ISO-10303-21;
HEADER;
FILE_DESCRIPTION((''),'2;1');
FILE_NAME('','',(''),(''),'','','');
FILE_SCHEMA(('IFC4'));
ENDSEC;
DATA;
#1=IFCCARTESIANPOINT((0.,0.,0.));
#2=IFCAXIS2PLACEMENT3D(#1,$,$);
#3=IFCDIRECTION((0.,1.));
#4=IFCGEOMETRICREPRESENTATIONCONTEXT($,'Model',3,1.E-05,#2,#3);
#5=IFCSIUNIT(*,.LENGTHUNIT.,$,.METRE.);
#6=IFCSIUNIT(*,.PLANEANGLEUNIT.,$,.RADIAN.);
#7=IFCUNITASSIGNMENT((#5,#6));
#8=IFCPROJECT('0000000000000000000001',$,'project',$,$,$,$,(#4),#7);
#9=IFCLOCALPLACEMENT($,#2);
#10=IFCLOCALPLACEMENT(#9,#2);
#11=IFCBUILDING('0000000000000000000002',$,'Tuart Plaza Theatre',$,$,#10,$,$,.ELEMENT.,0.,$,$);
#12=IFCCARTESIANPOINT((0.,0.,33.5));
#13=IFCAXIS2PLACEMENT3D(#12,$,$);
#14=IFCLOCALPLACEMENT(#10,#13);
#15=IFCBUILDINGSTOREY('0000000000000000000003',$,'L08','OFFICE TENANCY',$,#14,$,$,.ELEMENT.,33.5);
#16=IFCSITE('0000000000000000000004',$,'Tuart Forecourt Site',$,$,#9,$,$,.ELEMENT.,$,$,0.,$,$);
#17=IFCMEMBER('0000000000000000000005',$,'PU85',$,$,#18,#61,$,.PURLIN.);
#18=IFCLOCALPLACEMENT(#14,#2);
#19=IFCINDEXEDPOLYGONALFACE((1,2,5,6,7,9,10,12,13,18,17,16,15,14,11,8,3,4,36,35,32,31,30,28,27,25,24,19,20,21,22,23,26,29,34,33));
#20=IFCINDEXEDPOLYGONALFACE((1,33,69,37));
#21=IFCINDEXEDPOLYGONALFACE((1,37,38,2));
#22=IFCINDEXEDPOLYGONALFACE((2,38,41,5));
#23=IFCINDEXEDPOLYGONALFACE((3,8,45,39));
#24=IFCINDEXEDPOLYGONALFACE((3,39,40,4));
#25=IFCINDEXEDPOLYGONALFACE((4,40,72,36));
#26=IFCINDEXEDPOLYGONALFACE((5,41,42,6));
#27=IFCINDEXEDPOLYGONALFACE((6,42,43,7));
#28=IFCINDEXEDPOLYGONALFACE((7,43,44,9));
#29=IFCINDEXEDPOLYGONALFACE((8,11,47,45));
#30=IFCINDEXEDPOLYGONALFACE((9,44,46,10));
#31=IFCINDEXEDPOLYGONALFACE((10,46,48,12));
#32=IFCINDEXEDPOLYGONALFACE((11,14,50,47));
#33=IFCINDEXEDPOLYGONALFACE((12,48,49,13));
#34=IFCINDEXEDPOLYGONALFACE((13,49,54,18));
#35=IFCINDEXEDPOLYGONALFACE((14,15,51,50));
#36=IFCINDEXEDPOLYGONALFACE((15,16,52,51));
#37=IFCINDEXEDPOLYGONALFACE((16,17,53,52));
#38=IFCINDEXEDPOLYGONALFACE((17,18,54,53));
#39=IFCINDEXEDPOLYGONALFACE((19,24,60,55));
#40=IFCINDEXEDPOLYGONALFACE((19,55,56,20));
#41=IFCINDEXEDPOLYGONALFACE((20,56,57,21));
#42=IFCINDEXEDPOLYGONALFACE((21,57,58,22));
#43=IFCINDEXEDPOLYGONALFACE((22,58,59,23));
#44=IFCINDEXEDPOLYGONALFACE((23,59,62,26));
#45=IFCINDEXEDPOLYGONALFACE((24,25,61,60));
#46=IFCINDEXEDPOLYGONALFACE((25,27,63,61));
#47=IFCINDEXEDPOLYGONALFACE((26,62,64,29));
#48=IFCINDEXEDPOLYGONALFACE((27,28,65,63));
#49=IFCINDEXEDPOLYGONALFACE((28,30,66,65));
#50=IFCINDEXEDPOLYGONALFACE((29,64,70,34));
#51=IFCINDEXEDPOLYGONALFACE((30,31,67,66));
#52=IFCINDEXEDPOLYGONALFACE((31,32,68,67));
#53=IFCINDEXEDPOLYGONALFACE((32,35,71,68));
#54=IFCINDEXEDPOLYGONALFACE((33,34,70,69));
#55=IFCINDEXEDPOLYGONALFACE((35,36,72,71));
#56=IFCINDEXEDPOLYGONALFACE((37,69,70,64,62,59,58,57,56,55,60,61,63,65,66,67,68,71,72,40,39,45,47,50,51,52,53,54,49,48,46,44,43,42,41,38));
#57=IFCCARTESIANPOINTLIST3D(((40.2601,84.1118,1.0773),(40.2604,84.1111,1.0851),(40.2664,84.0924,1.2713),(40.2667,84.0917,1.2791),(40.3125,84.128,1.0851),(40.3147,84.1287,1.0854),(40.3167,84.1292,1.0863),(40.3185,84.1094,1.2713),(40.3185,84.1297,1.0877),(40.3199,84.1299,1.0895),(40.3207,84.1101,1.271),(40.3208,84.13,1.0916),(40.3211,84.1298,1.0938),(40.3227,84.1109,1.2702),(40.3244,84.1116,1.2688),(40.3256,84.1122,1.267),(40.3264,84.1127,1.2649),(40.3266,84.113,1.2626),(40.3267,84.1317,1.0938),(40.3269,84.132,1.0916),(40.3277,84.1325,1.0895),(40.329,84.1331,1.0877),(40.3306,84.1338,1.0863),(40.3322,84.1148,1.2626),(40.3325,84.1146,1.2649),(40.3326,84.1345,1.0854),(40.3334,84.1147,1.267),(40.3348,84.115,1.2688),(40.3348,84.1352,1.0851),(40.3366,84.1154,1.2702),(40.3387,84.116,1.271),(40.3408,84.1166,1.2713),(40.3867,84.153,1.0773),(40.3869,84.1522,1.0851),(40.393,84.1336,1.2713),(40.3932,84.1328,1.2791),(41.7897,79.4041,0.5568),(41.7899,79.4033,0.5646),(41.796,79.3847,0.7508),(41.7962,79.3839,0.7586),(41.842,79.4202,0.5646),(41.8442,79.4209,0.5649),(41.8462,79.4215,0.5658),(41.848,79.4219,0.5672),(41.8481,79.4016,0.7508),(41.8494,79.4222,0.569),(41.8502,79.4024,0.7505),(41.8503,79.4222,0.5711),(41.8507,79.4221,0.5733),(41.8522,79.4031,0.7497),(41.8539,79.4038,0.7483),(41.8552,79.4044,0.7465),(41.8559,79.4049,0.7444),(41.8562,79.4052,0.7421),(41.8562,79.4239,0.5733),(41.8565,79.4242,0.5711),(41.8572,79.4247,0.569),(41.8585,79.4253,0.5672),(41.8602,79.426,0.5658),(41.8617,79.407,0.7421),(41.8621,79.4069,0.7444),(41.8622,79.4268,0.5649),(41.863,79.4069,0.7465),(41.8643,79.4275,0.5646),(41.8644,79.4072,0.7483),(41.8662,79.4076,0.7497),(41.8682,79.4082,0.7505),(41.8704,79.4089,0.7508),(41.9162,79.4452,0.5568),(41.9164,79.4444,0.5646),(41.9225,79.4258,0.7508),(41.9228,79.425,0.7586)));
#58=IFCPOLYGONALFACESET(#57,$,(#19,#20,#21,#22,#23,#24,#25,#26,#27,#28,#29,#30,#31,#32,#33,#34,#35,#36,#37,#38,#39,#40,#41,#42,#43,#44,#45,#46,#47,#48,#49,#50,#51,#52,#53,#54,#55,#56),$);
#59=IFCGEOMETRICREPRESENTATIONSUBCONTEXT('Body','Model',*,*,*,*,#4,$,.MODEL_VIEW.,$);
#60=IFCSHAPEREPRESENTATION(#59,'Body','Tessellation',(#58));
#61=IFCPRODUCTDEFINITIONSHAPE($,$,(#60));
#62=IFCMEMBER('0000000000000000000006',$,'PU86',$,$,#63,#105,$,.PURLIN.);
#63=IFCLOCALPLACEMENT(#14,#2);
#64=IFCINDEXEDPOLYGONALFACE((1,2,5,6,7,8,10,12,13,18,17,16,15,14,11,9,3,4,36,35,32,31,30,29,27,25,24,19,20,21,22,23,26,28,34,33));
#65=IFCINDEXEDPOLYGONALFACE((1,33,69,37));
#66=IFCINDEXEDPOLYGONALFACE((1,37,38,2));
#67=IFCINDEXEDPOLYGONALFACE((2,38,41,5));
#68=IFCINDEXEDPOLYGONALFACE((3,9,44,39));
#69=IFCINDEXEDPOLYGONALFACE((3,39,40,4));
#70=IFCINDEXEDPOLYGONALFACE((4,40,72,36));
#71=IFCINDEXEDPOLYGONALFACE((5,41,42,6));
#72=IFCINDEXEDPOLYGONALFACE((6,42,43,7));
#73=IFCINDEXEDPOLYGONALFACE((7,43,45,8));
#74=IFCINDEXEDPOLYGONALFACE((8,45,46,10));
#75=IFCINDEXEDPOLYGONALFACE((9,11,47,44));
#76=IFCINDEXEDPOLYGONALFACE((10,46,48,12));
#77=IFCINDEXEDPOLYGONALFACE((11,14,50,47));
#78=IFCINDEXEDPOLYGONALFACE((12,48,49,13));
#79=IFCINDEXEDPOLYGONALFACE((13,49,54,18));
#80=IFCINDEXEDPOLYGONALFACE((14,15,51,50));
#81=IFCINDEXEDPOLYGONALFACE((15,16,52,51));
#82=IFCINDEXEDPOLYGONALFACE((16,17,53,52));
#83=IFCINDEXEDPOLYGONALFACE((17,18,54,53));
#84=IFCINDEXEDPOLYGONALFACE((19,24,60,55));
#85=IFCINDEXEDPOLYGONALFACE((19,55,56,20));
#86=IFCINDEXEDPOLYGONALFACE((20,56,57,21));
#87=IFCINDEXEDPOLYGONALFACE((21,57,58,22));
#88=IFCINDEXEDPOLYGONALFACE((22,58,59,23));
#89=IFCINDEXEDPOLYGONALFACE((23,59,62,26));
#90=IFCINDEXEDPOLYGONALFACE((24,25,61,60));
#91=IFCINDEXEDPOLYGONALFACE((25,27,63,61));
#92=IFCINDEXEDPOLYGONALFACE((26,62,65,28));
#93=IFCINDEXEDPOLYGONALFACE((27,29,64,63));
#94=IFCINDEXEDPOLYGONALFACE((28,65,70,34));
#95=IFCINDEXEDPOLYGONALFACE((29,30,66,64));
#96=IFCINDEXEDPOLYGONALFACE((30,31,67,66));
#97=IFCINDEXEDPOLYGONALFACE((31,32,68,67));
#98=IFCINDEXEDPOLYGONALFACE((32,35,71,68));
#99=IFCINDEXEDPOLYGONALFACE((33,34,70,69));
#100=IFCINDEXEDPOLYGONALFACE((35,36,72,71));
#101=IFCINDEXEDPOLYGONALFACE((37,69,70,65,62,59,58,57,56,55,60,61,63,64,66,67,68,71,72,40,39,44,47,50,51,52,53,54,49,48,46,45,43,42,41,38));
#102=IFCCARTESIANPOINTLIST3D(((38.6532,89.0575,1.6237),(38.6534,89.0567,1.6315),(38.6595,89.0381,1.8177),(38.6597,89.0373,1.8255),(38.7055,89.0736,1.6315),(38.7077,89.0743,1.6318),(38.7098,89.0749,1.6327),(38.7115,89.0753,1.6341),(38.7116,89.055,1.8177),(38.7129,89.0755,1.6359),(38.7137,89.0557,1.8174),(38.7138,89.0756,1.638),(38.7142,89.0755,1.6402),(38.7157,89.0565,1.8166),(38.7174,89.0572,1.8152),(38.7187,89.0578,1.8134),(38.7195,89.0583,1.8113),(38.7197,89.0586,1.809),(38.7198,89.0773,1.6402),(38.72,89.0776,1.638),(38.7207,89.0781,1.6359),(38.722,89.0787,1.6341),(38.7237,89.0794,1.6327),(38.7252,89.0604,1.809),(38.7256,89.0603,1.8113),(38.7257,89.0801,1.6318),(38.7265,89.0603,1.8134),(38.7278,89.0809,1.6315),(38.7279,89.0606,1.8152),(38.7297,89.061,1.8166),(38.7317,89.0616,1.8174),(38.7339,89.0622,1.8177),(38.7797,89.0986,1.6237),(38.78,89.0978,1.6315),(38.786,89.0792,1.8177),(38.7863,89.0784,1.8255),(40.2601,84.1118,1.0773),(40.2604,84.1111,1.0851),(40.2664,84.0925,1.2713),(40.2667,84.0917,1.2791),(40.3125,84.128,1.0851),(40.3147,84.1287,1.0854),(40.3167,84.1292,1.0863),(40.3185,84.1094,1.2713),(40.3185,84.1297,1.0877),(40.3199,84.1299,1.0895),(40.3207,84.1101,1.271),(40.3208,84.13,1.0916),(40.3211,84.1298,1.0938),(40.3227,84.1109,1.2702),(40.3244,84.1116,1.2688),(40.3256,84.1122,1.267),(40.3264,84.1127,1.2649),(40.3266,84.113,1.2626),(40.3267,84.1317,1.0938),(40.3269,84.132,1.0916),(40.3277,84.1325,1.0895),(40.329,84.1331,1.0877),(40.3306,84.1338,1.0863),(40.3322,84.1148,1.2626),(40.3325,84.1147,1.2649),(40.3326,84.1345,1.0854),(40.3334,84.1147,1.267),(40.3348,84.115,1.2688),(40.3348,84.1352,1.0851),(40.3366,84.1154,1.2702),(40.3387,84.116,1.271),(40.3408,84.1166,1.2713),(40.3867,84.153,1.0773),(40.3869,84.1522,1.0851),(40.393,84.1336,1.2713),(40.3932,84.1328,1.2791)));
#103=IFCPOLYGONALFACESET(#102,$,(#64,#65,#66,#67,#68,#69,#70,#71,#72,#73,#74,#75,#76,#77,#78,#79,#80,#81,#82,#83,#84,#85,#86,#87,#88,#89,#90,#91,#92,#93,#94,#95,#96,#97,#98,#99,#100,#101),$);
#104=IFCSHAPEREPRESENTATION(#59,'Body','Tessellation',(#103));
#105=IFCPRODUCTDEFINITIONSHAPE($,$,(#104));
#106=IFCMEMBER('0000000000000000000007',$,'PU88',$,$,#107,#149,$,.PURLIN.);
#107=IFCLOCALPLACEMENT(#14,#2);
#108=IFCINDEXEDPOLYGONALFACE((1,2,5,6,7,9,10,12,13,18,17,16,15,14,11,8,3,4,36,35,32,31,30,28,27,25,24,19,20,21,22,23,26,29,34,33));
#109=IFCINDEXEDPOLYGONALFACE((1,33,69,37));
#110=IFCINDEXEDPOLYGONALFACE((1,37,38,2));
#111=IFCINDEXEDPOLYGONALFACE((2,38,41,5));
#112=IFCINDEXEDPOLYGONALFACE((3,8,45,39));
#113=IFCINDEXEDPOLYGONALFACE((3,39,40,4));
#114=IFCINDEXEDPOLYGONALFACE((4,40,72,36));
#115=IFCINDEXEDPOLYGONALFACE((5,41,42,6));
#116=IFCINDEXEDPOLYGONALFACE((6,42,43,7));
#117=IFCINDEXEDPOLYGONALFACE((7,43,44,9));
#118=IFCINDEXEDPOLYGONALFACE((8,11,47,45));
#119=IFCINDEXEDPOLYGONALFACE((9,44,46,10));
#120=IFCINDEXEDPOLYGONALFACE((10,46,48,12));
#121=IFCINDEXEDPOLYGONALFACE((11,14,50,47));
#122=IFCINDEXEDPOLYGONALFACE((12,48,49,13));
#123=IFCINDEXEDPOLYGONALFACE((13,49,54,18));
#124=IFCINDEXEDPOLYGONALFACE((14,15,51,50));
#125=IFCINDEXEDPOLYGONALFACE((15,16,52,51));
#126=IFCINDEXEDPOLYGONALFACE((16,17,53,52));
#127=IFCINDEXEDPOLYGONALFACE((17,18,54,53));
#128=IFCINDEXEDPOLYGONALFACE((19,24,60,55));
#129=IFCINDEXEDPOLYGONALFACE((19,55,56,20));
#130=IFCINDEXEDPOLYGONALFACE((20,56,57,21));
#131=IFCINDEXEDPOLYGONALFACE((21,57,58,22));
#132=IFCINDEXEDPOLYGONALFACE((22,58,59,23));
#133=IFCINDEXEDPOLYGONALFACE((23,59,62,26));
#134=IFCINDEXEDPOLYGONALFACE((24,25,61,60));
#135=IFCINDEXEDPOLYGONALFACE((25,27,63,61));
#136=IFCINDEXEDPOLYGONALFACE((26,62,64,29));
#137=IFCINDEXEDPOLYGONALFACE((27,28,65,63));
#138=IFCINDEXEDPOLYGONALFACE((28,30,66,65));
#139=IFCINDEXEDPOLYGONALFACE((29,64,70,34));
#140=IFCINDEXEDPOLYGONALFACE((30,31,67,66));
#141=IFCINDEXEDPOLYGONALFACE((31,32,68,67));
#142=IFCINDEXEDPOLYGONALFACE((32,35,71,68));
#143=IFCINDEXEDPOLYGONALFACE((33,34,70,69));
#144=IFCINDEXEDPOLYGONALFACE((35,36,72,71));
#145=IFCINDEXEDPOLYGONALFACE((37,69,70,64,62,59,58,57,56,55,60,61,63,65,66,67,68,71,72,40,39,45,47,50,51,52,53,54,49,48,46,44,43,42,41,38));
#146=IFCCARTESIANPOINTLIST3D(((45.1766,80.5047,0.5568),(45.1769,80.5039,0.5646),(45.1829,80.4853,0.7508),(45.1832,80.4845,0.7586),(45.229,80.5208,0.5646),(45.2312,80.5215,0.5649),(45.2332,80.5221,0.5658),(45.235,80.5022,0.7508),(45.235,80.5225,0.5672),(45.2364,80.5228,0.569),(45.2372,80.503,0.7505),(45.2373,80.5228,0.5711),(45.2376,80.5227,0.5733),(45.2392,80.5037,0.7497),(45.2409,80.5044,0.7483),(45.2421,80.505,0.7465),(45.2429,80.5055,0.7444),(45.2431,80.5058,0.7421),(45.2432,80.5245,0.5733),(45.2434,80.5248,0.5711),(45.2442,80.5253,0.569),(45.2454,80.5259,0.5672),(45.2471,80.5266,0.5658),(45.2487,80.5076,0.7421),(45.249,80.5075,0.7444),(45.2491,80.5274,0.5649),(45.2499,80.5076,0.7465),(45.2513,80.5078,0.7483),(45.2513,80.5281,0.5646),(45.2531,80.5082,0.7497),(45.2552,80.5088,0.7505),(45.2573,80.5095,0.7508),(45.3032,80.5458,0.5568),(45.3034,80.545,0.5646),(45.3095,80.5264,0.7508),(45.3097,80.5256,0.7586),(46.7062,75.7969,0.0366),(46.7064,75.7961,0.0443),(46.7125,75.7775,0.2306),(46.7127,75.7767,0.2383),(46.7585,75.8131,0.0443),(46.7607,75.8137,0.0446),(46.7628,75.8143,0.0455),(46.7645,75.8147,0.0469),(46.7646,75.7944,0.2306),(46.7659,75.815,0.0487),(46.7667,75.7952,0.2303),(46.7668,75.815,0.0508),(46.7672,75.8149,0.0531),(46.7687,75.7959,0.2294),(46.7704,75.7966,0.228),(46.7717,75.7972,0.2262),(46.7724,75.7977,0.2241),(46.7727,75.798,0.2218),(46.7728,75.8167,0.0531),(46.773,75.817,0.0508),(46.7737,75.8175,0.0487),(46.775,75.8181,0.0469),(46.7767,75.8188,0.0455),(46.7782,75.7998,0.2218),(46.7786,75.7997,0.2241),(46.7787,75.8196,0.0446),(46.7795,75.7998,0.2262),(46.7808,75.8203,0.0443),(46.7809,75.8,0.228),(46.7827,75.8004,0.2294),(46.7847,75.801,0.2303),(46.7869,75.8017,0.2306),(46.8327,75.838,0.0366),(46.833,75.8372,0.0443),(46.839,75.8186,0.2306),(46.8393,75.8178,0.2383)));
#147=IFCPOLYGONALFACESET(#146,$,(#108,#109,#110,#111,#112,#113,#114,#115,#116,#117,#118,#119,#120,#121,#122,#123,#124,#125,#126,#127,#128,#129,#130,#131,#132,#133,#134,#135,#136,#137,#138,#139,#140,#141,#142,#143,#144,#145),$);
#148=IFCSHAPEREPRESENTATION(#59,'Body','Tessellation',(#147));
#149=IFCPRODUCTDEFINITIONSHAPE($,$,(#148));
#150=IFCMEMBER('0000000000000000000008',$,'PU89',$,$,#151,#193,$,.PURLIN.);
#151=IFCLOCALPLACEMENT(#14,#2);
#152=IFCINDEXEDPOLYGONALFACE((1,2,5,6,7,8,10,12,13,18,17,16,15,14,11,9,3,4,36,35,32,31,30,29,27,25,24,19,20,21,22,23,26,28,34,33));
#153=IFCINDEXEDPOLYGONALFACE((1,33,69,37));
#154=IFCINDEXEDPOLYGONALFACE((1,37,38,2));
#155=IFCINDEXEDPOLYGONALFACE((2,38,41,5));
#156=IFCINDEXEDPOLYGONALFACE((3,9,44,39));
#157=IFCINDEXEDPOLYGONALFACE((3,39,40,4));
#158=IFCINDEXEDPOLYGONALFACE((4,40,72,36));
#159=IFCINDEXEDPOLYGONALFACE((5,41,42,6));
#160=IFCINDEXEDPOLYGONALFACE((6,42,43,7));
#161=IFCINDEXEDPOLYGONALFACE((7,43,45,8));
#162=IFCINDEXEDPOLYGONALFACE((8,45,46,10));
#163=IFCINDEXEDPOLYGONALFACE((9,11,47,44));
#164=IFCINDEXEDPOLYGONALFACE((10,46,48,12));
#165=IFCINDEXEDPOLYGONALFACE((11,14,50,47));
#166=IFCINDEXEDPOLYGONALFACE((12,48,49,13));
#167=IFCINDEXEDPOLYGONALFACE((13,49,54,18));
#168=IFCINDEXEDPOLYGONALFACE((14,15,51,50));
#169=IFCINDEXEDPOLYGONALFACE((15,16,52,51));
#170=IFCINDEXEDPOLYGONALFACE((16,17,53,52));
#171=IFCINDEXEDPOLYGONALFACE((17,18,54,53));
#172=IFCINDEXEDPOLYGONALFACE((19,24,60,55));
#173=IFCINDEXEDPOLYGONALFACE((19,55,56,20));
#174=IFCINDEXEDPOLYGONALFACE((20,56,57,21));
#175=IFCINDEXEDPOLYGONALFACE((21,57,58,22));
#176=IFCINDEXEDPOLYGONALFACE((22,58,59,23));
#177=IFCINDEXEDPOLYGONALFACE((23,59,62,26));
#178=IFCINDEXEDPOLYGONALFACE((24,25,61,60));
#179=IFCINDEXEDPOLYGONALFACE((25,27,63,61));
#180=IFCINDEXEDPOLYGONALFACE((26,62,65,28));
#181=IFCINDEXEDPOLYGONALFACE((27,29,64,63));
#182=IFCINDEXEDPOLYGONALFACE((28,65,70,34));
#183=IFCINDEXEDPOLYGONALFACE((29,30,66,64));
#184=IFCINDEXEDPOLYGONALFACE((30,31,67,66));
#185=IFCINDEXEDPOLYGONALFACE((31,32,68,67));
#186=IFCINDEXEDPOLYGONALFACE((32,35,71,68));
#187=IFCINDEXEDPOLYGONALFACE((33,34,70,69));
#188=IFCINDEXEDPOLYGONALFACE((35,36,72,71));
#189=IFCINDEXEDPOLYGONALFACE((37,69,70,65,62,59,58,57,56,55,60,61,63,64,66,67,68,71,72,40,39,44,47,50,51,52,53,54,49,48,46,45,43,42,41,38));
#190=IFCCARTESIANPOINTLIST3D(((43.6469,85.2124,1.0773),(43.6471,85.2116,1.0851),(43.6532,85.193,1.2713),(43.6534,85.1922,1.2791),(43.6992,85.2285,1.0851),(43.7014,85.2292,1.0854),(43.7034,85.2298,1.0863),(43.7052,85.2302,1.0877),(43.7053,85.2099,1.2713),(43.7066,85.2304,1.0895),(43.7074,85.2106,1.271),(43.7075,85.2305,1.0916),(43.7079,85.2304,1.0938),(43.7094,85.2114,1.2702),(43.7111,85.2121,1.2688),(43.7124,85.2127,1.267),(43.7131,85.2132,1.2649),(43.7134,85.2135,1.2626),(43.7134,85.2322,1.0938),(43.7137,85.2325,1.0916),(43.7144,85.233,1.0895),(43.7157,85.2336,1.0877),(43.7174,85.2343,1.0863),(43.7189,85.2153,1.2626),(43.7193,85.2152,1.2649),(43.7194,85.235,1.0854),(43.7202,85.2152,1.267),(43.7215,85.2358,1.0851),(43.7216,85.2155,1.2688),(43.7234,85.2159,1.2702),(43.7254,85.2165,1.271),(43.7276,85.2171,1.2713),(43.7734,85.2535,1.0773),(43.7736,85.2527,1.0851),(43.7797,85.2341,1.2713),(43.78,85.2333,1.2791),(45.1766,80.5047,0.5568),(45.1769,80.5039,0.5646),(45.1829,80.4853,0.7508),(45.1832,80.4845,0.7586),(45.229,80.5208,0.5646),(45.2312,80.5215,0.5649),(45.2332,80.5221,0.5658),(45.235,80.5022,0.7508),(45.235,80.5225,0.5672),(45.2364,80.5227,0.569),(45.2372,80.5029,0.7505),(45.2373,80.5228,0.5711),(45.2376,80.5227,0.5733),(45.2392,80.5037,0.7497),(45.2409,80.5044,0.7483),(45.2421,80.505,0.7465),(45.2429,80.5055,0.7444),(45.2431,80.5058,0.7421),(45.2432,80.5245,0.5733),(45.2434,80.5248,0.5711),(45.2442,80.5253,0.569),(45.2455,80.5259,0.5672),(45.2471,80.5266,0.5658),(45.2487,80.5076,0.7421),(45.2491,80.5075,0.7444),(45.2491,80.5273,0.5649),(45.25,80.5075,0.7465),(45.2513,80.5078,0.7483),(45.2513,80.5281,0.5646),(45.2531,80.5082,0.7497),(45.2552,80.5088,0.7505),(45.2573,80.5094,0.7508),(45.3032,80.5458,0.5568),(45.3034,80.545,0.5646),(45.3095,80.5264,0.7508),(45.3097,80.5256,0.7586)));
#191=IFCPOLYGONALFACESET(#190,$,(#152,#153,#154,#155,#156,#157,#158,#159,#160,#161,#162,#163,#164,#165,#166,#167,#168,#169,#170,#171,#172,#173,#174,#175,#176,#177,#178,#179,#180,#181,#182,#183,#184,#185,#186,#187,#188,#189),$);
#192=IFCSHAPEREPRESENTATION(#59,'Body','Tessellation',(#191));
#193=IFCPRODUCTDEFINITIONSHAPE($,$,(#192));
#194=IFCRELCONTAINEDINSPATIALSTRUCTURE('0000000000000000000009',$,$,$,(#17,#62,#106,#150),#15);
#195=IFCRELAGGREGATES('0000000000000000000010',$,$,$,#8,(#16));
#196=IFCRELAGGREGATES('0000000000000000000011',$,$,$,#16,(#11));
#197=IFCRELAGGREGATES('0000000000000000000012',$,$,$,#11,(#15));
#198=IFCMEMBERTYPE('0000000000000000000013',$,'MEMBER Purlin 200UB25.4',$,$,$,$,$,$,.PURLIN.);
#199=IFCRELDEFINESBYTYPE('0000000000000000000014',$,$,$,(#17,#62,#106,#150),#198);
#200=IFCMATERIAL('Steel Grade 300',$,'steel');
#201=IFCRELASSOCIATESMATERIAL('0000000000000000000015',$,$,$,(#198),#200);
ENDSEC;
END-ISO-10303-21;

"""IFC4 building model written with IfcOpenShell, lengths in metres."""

from ifc_helpers import new_model, si_unit, direction, frame, origin, origin_2d, place, context, subcontext, project, spatial, i_section, extrude, material, material_profile, profile_set, type_object, element, save


model = new_model("IFC4")

# Units and contexts
model_context = context("Model", 3, precision=1e-05, world=origin(), true_north=direction((0.0, 1.0)))
body_context = subcontext(model_context, "Body", "Model", "MODEL_VIEW")
ifc_project = project(units=[si_unit("LENGTHUNIT", "METRE"), si_unit("PLANEANGLEUNIT", "RADIAN")], contexts=[model_context])

# Site, building, storey
site_placement = place(None, origin())
site = spatial("IfcSite", under=ifc_project, at=site_placement, Name="Tuart Forecourt Site", CompositionType="ELEMENT", RefElevation=0.0)
building_placement = place(site_placement, origin())
building = spatial("IfcBuilding", under=site, at=building_placement, Name="Tuart Plaza Theatre", CompositionType="ELEMENT", ElevationOfRefHeight=0.0)
storey_placement = place(building_placement, frame((0.0, 0.0, 33.5)))
storey = spatial("IfcBuildingStorey", under=building, at=storey_placement, Name="L08", Description="OFFICE TENANCY", CompositionType="ELEMENT", Elevation=33.5)

# Members
ifc_material_1 = material(Name="Steel Grade 300", Category="steel")
ifc_material_profile_1 = material_profile(ifc_material_1, i_section(OverallWidth=0.1331, OverallDepth=0.2029, WebThickness=0.0059, FlangeThickness=0.0078, FilletRadius=0.0088, at=origin_2d()), Name="200UB25.4")
ifc_profile_set_1 = profile_set([ifc_material_profile_1], Name="Steel Grade 300")
member_type_1 = type_object("IfcMemberType", Name="MEMBER Purlin 200UB25.4", PredefinedType="PURLIN", material=ifc_profile_set_1)
member_1_placement = place(storey_placement, frame((41.8562, 79.4146, 0.6577), z_axis=(-0.307304, 0.945848, 0.104576), x_axis=(-0.951063, -0.308998, 0.0)))
element("IfcMember", 1, at=member_1_placement, inside=storey, type_object=member_type_1, Name="PU85", PredefinedType="PURLIN", context=body_context, shape_type="SweptSolid", body=[
    extrude(i_section(OverallWidth=0.1331, OverallDepth=0.2029, WebThickness=0.0059, FlangeThickness=0.0078, FilletRadius=0.0088, at=origin_2d()), origin(), (0.0, 0.0, 1.0), 4.9773),
])
member_2_placement = place(storey_placement, frame((40.3267, 84.1223, 1.1782), z_axis=(-0.307329, 0.945848, 0.104498), x_axis=(-0.951055, -0.309021, 0.0)))
element("IfcMember", 2, at=member_2_placement, inside=storey, type_object=member_type_1, Name="PU86", PredefinedType="PURLIN", context=body_context, shape_type="SweptSolid", body=[
    extrude(i_section(OverallWidth=0.1331, OverallDepth=0.2029, WebThickness=0.0059, FlangeThickness=0.0078, FilletRadius=0.0088, at=origin_2d()), origin(), (0.0, 0.0, 1.0), 5.2288),
])
for number, where, z_axis, x_axis, name in (
    (3, (46.7727, 75.8074, 0.1375), (-0.307305, 0.945853, 0.104528), (-0.951063, -0.308998, 0.0), "PU88"),
    (4, (45.2432, 80.5151, 0.6577), (-0.307348, 0.945834, 0.104575), (-0.951048, -0.309043, 0.0), "PU89"),
):
    element("IfcMember", number, at=place(storey_placement, frame(where, z_axis=z_axis, x_axis=x_axis)), inside=storey, type_object=member_type_1, Name=name, PredefinedType="PURLIN", context=body_context, shape_type="SweptSolid", body=[
        extrude(i_section(OverallWidth=0.1331, OverallDepth=0.2029, WebThickness=0.0059, FlangeThickness=0.0078, FilletRadius=0.0088, at=origin_2d()), origin(), (0.0, 0.0, 1.0), 4.9773),
    ])

save(model, "model.ifc")
